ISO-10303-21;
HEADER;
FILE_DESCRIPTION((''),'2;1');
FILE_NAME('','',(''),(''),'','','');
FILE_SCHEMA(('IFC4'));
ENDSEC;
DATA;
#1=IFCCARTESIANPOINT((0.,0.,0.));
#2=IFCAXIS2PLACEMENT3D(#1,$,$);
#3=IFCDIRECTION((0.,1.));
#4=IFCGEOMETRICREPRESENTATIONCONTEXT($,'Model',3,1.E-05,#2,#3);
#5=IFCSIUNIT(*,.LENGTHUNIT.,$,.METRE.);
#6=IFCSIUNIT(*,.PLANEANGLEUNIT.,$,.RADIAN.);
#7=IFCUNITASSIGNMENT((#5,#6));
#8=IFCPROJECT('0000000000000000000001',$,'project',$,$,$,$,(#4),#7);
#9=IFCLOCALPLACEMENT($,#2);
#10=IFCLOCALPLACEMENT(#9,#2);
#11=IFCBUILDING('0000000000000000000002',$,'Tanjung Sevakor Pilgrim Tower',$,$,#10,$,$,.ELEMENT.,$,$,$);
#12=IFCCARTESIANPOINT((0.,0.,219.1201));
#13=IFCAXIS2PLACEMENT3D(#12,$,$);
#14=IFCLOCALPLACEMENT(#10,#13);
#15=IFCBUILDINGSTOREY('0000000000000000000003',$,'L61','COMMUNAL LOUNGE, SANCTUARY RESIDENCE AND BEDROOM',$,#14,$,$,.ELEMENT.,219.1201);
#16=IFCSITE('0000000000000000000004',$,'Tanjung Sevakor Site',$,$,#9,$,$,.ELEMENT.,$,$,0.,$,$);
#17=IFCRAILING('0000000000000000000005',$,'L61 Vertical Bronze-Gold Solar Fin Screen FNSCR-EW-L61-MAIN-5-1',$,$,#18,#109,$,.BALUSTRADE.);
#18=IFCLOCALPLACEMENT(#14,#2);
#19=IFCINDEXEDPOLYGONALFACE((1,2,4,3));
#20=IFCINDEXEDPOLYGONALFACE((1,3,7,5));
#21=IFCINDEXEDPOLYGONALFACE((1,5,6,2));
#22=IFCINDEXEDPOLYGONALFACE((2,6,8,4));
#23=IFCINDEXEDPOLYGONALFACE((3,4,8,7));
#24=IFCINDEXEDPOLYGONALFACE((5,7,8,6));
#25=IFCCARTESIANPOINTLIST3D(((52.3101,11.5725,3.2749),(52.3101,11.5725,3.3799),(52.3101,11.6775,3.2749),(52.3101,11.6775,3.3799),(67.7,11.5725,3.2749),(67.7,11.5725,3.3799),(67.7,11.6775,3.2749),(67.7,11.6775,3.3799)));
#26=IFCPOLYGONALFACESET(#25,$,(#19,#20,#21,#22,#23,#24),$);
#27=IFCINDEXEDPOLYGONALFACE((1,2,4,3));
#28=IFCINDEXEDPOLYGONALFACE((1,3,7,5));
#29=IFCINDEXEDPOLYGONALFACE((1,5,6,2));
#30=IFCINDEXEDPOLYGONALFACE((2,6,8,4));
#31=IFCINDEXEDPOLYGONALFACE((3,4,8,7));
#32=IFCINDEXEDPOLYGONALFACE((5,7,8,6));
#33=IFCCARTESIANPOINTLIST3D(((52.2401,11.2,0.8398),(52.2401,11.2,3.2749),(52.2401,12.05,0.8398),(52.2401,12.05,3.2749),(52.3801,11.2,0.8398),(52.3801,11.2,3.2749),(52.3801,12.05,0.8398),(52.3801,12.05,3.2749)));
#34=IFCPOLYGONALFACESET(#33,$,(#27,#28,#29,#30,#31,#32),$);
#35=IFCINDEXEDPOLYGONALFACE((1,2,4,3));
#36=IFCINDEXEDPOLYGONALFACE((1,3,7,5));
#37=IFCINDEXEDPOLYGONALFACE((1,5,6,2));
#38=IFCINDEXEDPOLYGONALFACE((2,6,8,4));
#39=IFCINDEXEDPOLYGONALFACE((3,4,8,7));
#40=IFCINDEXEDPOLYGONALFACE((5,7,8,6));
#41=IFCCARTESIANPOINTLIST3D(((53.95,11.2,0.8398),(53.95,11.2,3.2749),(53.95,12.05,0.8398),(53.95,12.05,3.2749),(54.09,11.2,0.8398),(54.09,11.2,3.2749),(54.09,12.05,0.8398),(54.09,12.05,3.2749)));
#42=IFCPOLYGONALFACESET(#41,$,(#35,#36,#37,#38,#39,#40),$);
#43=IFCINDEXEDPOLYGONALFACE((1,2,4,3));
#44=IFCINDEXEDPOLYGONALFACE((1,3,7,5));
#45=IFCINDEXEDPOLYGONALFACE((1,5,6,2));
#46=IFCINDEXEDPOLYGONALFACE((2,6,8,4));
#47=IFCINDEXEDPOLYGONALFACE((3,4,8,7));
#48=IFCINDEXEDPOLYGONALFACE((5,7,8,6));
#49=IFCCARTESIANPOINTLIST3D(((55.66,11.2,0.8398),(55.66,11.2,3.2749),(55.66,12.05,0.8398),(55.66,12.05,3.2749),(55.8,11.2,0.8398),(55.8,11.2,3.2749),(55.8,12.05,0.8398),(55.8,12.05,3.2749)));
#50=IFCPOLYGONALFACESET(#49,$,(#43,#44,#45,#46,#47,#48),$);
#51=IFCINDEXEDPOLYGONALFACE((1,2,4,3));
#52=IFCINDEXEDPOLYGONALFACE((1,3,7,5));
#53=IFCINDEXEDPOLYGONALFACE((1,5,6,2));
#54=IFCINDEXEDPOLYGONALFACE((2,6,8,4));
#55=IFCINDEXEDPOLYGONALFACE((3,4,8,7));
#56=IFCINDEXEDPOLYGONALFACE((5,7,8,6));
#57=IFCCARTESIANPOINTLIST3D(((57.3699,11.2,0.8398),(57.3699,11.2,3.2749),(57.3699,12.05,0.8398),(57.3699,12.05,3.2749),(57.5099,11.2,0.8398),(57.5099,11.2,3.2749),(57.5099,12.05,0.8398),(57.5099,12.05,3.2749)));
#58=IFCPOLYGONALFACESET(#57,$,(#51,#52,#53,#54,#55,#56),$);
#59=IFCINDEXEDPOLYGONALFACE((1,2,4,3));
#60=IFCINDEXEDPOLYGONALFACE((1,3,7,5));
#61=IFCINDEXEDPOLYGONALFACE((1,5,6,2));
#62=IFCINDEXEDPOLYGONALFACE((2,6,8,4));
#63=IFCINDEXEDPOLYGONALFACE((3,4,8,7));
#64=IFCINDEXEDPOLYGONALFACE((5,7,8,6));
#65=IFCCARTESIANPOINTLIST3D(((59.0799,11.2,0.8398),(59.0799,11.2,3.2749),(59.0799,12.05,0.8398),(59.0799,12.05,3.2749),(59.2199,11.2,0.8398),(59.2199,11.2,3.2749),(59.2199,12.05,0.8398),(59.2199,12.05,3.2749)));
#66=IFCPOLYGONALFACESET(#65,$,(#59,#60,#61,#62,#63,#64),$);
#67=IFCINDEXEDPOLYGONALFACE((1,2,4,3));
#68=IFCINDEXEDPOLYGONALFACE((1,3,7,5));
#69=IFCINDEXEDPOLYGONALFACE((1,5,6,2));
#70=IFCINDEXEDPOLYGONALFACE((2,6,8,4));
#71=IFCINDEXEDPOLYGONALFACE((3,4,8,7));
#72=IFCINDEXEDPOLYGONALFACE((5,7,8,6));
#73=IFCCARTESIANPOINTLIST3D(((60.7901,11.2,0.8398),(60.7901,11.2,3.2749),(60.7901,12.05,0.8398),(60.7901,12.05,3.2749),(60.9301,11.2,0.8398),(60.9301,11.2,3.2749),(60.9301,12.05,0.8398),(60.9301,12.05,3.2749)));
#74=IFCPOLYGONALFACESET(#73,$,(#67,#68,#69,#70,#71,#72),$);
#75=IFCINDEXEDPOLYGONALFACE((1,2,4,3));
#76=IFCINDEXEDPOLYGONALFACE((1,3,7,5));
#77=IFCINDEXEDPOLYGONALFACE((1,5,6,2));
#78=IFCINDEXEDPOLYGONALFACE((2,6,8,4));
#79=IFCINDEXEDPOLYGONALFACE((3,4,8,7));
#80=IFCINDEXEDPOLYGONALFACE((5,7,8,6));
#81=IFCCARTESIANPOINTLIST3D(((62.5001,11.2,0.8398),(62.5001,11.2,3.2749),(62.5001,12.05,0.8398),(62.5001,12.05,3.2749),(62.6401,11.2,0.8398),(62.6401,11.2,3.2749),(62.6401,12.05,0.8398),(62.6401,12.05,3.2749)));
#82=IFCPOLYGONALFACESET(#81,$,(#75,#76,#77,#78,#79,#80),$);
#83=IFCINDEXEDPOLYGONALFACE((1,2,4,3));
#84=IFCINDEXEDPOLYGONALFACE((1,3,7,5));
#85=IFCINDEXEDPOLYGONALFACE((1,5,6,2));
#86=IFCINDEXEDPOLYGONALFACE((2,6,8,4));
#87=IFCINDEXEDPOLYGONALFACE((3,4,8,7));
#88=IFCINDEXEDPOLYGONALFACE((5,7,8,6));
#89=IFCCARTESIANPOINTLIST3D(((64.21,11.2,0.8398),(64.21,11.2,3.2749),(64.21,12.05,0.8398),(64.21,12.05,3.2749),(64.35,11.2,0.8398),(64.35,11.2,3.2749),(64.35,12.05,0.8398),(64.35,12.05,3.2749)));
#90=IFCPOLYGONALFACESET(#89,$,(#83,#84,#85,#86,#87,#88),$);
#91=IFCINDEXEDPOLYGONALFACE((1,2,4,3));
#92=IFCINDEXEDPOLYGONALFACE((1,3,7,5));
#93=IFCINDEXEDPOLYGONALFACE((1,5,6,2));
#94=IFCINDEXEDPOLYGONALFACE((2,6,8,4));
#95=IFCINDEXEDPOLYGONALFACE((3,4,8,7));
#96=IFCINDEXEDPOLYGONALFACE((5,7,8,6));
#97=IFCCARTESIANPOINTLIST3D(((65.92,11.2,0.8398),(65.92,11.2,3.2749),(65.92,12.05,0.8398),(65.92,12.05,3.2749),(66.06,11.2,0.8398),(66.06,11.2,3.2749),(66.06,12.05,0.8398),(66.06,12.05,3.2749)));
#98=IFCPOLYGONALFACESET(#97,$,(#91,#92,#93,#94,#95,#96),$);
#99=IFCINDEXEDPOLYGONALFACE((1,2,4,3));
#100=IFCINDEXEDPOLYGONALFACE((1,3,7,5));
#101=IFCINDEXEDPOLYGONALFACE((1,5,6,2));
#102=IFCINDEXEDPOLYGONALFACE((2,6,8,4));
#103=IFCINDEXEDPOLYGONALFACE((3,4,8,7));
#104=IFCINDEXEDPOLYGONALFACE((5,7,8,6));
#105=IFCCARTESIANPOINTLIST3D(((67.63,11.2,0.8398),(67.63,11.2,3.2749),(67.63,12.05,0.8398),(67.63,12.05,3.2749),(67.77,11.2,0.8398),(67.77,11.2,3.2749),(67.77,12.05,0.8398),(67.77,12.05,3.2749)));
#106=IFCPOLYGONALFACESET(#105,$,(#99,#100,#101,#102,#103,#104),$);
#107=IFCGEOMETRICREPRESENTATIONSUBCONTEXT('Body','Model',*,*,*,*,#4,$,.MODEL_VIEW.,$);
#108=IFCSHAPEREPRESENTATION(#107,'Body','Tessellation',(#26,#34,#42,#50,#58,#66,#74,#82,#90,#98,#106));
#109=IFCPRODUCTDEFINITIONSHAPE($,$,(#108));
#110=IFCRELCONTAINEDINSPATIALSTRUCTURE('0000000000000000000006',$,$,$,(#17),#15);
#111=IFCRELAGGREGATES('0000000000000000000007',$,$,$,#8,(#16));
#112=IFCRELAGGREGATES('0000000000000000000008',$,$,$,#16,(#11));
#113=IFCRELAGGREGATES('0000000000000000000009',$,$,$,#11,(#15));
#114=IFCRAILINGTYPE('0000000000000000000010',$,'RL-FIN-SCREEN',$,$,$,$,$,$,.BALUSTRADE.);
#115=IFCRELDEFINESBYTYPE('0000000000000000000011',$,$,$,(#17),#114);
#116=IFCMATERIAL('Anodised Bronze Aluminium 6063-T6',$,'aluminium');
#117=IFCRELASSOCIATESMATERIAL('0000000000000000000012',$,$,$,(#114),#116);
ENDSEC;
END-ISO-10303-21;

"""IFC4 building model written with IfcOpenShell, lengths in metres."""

from ifc_helpers import new_model, si_unit, direction, frame, origin, place, context, subcontext, project, spatial, rectangle, extrude, material, type_object, element, save


model = new_model("IFC4")

# Units and contexts
model_context = context("Model", 3, precision=1e-05, world=origin(), true_north=direction((0.0, 1.0)))
body_context = subcontext(model_context, "Body", "Model", "MODEL_VIEW")
ifc_project = project(units=[si_unit("LENGTHUNIT", "METRE"), si_unit("PLANEANGLEUNIT", "RADIAN")], contexts=[model_context])

# Site, building, storey
site_placement = place(None, origin())
site = spatial("IfcSite", under=ifc_project, at=site_placement, Name="Tanjung Sevakor Site", CompositionType="ELEMENT", RefElevation=0.0)
building_placement = place(site_placement, origin())
building = spatial("IfcBuilding", under=site, at=building_placement, Name="Tanjung Sevakor Pilgrim Tower", CompositionType="ELEMENT")
storey_placement = place(building_placement, frame((0.0, 0.0, 219.1201)))
storey = spatial("IfcBuildingStorey", under=building, at=storey_placement, Name="L61", Description="COMMUNAL LOUNGE, SANCTUARY RESIDENCE AND BEDROOM", CompositionType="ELEMENT", Elevation=219.1201)

# Railing
ifc_material_1 = material(Name="Anodised Bronze Aluminium 6063-T6", Category="aluminium")
railing_type = type_object("IfcRailingType", Name="RL-FIN-SCREEN", PredefinedType="BALUSTRADE", material=ifc_material_1)
railing_placement = place(storey_placement, frame((52.3101, 11.625, 0.8398)))
element("IfcRailing", 1, at=railing_placement, inside=storey, type_object=railing_type, Name="L61 Vertical Bronze-Gold Solar Fin Screen FNSCR-EW-L61-MAIN-5-1", PredefinedType="BALUSTRADE", context=body_context, shape_type="SweptSolid", body=[
    extrude(rectangle(XDim=0.105, YDim=0.105), frame((0.0, 0.0, 2.4875), z_axis=(1.0, 0.0, 0.0), x_axis=(0.0, 1.0, 0.0)), (0.0, 0.0, 1.0), 15.3899),
    extrude(rectangle(XDim=0.14, YDim=0.85), origin(), (0.0, 0.0, 1.0), 2.4351),
    extrude(rectangle(XDim=0.14, YDim=0.85), frame((1.71, 0.0, 0.0)), (0.0, 0.0, 1.0), 2.4351),
    extrude(rectangle(XDim=0.14, YDim=0.85), frame((3.4199, 0.0, 0.0)), (0.0, 0.0, 1.0), 2.4351),
    extrude(rectangle(XDim=0.14, YDim=0.85), frame((5.1299, 0.0, 0.0)), (0.0, 0.0, 1.0), 2.4351),
    extrude(rectangle(XDim=0.14, YDim=0.85), frame((6.8398, 0.0, 0.0)), (0.0, 0.0, 1.0), 2.4351),
    extrude(rectangle(XDim=0.14, YDim=0.85), frame((8.55, 0.0, 0.0)), (0.0, 0.0, 1.0), 2.4351),
    extrude(rectangle(XDim=0.14, YDim=0.85), frame((10.26, 0.0, 0.0)), (0.0, 0.0, 1.0), 2.4351),
    extrude(rectangle(XDim=0.14, YDim=0.85), frame((11.97, 0.0, 0.0)), (0.0, 0.0, 1.0), 2.4351),
    extrude(rectangle(XDim=0.14, YDim=0.85), frame((13.6799, 0.0, 0.0)), (0.0, 0.0, 1.0), 2.4351),
    extrude(rectangle(XDim=0.14, YDim=0.85), frame((15.3899, 0.0, 0.0)), (0.0, 0.0, 1.0), 2.4351),
])

save(model, "model.ifc")
